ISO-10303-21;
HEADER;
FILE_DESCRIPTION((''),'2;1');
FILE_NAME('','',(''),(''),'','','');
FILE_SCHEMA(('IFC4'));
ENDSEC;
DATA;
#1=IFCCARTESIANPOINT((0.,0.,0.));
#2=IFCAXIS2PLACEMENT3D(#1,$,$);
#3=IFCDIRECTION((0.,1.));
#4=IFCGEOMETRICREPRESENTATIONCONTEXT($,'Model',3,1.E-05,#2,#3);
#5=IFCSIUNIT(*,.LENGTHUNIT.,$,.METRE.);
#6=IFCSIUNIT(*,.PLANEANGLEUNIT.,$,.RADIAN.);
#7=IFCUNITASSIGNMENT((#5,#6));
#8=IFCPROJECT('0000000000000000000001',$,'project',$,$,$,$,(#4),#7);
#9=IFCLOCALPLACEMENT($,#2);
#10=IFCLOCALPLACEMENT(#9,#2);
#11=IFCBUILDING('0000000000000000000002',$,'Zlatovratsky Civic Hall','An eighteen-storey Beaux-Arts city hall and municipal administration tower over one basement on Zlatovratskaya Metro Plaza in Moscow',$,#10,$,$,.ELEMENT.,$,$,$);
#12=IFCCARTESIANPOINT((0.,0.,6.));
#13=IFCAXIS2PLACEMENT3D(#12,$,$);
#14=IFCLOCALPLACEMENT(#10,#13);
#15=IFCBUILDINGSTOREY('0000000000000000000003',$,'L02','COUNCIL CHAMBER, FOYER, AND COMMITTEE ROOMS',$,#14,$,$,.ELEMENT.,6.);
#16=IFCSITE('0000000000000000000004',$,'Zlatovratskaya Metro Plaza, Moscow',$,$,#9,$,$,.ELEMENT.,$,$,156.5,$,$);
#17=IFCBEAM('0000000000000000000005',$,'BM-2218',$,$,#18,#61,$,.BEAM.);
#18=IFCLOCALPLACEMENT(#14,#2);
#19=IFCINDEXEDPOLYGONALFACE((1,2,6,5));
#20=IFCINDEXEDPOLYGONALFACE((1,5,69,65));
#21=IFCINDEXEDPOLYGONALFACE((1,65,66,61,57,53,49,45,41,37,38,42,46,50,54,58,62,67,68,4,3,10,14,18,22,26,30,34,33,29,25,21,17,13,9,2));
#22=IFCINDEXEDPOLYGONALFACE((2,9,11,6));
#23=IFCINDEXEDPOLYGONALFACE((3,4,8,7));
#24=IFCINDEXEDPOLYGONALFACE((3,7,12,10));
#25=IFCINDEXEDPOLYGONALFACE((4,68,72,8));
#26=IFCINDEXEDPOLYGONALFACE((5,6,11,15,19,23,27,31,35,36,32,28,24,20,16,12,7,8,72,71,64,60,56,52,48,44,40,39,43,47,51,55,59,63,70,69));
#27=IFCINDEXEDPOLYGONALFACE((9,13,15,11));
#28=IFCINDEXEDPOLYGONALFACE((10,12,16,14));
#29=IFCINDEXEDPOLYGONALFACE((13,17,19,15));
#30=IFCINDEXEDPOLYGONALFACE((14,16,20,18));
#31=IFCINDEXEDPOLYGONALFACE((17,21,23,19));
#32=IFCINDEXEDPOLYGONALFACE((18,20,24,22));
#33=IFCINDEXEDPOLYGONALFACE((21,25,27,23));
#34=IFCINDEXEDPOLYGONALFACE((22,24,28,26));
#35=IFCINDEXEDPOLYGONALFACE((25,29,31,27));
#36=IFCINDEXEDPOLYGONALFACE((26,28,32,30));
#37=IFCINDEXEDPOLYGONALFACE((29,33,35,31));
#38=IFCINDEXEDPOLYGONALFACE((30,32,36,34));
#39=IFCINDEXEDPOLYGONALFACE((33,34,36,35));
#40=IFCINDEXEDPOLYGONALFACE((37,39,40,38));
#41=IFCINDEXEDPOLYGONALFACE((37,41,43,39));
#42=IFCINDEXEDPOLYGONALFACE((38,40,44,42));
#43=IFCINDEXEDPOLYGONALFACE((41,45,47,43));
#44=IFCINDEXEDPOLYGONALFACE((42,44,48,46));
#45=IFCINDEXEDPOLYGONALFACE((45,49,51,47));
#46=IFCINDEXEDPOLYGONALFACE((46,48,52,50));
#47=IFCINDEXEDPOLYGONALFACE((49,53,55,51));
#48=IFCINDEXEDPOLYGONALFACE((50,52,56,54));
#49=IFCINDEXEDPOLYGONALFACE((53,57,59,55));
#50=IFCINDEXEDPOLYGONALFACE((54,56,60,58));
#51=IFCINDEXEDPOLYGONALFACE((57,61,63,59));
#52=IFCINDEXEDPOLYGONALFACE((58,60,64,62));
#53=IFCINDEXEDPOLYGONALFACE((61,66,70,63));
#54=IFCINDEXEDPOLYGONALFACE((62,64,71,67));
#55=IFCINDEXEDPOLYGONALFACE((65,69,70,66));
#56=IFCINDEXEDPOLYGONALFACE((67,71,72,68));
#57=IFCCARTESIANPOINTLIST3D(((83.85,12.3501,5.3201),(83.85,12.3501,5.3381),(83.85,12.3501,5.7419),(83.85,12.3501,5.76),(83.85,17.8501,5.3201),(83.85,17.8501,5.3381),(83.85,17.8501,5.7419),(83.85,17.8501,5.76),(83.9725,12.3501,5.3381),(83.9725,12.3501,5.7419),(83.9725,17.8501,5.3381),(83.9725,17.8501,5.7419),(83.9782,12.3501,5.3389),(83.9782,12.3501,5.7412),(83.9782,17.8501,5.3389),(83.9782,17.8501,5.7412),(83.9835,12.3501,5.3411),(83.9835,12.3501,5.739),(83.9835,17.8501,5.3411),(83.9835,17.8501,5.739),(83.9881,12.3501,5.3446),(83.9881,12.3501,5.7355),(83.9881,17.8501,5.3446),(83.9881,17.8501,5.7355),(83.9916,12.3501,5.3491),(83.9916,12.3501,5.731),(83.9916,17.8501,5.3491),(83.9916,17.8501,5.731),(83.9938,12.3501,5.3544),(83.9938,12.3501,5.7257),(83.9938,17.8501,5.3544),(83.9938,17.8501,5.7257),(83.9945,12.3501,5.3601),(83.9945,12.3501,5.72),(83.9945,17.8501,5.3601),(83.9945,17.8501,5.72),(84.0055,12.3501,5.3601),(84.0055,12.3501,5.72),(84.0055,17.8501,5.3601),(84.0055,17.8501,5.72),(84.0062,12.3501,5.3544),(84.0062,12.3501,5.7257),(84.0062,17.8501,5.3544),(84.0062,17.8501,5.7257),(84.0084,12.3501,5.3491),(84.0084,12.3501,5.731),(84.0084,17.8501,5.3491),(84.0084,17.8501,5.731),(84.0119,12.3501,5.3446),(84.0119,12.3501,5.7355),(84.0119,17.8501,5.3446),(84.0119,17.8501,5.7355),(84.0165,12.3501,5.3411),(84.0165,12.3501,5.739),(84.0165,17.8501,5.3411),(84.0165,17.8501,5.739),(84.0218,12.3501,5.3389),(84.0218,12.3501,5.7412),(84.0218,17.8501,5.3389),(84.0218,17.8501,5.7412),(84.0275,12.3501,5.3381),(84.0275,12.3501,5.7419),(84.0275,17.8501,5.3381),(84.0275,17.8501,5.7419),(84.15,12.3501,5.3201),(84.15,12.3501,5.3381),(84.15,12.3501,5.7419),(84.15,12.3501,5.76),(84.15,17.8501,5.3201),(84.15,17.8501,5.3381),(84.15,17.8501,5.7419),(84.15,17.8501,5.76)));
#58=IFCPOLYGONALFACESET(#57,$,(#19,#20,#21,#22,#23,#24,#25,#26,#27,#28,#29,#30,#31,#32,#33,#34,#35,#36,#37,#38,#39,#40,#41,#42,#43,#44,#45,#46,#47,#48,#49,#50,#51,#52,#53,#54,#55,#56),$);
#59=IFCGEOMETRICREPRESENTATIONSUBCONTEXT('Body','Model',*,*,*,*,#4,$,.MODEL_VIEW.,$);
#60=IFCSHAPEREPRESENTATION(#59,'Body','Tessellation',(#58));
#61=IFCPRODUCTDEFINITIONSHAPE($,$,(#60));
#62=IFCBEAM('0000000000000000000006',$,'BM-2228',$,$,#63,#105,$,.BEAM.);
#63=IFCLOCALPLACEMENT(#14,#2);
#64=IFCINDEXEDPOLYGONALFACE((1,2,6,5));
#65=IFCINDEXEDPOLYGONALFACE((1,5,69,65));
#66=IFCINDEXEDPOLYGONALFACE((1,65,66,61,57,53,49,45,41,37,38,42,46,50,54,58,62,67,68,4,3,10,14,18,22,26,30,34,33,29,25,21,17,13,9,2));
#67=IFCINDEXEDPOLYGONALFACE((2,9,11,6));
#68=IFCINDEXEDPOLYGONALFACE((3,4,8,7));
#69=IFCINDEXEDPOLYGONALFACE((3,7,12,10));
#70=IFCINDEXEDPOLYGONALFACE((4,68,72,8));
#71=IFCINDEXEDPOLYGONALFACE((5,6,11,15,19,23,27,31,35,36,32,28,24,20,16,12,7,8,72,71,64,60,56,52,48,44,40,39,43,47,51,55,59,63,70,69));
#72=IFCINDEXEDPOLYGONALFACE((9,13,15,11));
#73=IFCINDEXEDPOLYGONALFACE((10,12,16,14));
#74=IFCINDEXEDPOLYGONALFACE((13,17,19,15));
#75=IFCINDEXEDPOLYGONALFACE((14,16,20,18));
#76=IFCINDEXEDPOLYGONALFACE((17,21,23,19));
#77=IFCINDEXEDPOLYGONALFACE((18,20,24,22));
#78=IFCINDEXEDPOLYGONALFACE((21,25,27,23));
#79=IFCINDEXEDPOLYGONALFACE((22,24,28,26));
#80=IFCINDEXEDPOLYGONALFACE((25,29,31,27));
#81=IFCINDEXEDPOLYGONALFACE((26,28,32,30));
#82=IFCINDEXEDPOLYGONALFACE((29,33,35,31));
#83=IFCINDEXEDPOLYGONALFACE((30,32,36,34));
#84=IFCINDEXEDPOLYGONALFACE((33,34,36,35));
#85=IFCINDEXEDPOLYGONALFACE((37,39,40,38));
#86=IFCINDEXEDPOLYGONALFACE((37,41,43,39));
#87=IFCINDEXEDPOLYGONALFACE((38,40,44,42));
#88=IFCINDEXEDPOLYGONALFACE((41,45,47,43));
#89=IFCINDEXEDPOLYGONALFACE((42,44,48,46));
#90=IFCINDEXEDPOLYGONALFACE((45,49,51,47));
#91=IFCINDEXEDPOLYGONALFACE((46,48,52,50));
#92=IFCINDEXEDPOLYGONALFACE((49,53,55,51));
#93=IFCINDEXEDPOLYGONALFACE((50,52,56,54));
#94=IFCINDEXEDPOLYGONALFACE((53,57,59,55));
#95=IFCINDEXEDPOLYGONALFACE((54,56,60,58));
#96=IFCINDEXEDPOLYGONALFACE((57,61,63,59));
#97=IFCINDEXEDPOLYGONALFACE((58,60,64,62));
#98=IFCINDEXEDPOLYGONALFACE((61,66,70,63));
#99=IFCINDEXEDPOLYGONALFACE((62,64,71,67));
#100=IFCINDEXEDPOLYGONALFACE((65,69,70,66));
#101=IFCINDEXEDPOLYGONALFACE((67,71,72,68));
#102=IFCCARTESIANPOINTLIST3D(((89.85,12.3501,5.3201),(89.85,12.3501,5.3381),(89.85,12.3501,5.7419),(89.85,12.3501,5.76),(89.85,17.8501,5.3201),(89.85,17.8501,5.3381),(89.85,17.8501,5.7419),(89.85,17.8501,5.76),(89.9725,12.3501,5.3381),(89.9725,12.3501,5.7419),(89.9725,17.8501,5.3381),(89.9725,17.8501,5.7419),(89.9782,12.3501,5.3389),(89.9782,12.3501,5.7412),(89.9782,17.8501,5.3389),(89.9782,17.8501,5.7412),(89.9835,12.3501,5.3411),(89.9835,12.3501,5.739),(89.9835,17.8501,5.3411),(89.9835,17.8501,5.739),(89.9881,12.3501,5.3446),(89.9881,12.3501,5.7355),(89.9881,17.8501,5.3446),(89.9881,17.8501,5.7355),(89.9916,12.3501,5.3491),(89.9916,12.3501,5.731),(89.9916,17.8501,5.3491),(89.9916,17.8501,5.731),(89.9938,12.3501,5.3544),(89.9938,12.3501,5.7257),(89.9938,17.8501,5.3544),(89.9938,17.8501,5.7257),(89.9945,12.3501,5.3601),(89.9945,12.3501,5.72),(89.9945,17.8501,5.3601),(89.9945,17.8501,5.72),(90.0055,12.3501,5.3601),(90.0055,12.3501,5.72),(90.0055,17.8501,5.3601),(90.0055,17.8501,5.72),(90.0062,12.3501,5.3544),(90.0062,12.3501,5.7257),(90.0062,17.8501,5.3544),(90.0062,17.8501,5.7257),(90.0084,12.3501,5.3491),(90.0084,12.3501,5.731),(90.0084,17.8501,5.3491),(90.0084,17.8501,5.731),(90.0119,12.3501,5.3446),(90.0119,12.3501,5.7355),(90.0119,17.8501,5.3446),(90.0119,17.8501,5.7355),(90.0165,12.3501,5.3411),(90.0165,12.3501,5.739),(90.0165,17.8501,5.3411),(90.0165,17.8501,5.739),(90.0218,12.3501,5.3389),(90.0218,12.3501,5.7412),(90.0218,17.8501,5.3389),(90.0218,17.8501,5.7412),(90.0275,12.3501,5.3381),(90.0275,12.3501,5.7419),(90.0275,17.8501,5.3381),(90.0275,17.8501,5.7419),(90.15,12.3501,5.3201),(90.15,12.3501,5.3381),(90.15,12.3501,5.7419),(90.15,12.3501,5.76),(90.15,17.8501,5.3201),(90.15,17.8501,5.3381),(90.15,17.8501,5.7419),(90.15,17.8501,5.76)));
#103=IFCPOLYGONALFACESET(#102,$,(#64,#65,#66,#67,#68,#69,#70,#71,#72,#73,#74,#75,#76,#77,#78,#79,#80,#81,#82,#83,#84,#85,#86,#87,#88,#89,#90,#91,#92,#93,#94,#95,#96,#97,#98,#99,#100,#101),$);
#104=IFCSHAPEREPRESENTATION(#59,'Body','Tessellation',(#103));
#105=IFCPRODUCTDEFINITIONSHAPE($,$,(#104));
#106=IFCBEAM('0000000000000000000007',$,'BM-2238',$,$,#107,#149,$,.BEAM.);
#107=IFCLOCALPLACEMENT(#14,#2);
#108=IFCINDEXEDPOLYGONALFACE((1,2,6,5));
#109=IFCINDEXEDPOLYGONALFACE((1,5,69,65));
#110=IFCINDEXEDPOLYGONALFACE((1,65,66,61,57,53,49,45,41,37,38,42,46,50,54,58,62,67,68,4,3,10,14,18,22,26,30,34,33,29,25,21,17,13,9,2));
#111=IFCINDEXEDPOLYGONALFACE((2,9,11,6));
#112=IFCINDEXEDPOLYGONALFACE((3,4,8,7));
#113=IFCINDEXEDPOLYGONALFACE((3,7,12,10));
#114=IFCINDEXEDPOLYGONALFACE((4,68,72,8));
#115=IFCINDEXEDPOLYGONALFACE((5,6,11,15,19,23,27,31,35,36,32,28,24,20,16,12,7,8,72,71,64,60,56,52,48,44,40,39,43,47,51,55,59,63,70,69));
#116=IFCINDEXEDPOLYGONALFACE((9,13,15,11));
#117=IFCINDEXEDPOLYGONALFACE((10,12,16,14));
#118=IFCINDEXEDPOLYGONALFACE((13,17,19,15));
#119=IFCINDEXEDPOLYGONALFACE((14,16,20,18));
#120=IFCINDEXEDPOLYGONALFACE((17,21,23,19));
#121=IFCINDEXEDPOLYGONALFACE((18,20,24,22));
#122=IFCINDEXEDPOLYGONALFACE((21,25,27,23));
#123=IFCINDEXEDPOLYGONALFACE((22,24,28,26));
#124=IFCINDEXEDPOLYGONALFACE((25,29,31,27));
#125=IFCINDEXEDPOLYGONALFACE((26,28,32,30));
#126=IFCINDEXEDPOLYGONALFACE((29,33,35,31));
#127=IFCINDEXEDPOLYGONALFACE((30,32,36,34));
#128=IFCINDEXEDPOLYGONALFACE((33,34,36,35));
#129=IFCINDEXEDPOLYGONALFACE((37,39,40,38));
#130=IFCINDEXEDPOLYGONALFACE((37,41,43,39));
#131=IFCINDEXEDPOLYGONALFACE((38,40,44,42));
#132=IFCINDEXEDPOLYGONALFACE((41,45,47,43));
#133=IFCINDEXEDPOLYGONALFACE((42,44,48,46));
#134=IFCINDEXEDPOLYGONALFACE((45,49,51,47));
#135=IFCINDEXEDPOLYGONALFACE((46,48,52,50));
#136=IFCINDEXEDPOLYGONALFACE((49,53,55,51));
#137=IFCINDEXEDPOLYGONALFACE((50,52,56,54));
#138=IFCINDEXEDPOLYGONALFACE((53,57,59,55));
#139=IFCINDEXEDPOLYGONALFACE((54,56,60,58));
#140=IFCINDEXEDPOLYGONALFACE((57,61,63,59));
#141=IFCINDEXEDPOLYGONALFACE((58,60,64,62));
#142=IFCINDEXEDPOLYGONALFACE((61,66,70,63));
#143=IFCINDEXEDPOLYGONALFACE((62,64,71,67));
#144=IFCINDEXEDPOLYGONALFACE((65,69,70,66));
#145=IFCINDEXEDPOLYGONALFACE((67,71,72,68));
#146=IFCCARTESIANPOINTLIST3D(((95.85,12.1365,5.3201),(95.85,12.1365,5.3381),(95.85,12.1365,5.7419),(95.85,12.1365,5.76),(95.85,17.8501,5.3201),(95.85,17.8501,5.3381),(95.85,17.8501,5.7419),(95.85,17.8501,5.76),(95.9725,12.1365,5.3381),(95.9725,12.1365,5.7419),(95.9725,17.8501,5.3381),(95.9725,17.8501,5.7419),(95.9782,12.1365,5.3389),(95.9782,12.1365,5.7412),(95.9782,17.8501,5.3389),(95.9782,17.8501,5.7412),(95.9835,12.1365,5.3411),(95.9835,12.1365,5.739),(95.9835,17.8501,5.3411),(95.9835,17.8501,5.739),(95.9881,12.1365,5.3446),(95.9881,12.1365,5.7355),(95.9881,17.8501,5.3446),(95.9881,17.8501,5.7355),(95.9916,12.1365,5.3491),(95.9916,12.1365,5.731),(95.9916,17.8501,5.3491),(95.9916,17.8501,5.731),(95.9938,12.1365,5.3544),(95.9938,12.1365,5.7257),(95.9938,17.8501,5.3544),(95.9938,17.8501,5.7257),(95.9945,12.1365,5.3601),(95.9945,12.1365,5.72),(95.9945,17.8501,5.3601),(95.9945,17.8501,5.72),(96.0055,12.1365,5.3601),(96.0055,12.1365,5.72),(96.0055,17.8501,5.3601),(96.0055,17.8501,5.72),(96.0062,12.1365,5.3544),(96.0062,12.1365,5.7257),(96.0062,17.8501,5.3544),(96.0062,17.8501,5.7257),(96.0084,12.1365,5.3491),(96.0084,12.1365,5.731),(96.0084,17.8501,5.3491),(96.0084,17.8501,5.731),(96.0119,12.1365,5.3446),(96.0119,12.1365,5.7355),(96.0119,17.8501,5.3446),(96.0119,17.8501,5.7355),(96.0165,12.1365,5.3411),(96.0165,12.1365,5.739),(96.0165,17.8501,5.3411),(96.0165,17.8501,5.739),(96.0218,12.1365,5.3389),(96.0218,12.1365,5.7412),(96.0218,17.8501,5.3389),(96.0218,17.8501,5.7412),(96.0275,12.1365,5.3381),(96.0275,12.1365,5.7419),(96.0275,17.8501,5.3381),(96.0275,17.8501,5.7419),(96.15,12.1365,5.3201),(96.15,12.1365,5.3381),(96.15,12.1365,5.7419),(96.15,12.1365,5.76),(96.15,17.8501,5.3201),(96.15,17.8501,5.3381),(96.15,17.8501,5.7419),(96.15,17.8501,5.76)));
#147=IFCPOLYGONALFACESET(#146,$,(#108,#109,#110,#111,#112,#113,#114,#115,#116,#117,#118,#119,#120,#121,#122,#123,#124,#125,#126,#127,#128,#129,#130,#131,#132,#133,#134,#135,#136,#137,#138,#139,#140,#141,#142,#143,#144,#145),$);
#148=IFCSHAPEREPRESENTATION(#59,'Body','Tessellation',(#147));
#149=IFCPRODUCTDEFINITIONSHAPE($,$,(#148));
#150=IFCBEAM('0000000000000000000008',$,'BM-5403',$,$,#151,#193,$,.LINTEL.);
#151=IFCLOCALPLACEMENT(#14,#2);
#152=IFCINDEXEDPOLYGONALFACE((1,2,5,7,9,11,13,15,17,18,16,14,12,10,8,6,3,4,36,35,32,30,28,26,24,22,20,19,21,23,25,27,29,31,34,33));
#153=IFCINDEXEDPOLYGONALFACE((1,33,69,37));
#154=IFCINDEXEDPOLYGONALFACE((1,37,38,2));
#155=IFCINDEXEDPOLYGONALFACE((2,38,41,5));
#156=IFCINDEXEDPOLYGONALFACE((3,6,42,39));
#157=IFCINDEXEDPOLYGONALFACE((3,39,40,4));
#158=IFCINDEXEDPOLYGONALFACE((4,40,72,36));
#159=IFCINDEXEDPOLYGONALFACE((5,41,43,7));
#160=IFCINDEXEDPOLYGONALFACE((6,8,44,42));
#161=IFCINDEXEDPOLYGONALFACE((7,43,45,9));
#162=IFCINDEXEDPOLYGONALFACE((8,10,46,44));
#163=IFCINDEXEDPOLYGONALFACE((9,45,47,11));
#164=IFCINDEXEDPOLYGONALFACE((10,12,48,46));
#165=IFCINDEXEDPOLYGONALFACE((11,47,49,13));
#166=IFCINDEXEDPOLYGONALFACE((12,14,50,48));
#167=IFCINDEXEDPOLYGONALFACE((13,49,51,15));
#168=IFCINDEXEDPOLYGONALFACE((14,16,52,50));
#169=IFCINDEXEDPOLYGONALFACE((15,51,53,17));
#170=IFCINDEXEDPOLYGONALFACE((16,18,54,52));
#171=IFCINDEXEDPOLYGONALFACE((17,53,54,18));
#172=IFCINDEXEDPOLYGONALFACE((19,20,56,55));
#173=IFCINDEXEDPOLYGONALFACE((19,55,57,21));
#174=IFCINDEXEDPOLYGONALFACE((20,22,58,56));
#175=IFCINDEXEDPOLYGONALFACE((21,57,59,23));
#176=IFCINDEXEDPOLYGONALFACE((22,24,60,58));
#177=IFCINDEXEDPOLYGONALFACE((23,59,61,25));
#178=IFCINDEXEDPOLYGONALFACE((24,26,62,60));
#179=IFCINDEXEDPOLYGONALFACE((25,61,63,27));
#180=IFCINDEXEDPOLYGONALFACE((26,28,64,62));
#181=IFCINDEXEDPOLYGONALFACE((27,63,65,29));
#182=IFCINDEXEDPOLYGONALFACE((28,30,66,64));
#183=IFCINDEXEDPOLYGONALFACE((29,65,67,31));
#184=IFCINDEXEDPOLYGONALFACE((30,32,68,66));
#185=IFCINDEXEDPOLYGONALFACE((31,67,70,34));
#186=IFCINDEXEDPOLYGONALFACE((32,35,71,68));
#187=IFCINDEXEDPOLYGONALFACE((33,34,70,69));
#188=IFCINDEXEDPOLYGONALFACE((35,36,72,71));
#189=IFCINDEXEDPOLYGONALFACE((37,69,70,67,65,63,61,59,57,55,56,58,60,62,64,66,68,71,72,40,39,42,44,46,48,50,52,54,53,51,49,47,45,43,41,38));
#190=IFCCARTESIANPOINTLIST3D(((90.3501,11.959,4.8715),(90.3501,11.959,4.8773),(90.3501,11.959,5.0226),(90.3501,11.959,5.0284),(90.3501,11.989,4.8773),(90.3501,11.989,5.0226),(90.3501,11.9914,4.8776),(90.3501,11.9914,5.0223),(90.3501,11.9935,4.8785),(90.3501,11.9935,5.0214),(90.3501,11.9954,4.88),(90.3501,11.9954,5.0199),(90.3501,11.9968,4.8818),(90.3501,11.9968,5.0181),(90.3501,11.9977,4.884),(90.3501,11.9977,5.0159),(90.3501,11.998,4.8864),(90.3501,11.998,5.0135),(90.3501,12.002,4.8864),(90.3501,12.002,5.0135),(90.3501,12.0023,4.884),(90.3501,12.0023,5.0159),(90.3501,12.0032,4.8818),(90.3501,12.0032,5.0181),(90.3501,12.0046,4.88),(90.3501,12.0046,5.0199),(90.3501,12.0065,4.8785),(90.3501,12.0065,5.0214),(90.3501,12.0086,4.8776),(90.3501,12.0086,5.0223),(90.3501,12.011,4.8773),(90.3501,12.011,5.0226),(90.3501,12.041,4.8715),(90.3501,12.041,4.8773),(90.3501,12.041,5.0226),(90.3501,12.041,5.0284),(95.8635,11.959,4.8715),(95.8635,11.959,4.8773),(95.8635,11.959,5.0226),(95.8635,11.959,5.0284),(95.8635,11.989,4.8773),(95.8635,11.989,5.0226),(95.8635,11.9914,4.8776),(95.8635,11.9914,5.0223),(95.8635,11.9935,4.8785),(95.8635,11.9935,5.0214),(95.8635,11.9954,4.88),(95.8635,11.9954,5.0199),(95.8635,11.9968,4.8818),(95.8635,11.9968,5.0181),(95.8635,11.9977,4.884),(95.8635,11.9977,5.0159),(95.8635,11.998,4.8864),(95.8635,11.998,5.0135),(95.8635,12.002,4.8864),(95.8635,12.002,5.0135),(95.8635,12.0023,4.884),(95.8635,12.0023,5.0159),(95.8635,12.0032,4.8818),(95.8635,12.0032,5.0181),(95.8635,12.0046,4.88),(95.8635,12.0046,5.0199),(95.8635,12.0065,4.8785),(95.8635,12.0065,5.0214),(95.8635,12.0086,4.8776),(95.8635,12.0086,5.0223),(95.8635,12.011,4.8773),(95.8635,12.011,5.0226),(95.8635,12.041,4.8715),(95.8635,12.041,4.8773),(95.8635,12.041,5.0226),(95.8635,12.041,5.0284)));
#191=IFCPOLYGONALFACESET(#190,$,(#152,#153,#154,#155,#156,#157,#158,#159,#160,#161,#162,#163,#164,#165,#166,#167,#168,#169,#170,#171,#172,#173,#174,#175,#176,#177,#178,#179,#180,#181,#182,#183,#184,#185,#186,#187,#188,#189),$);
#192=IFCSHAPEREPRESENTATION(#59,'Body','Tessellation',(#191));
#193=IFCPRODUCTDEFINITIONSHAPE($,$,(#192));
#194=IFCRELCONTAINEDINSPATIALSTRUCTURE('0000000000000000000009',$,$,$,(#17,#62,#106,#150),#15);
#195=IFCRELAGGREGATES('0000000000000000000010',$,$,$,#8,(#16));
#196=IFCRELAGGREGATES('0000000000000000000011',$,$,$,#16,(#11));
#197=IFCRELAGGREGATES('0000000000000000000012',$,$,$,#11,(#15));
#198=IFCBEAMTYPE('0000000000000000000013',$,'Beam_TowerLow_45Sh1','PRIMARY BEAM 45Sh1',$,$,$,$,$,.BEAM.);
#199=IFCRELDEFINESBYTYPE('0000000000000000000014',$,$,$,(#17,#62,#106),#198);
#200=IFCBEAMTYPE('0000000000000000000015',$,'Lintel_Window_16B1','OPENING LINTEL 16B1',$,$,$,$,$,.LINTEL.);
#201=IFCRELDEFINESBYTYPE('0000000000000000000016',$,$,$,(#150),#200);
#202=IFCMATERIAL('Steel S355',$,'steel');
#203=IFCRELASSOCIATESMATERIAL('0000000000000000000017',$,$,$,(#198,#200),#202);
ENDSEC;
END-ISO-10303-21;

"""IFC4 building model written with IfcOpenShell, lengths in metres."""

from ifc_helpers import new_model, si_unit, direction, frame, origin, origin_2d, place, context, subcontext, project, spatial, i_section, extrude, material, material_profile, profile_set, type_object, element, save


model = new_model("IFC4")

# Units and contexts
model_context = context("Model", 3, precision=1e-05, world=origin(), true_north=direction((0.0, 1.0)))
body_context = subcontext(model_context, "Body", "Model", "MODEL_VIEW")
ifc_project = project(units=[si_unit("LENGTHUNIT", "METRE"), si_unit("PLANEANGLEUNIT", "RADIAN")], contexts=[model_context])

# Site, building, storey
site_placement = place(None, origin())
site = spatial("IfcSite", under=ifc_project, at=site_placement, Name="Zlatovratskaya Metro Plaza, Moscow", CompositionType="ELEMENT", RefElevation=156.5)
building_placement = place(site_placement, origin())
building = spatial("IfcBuilding", under=site, at=building_placement, Name="Zlatovratsky Civic Hall", Description="An eighteen-storey Beaux-Arts city hall and municipal administration tower over one basement on Zlatovratskaya Metro Plaza in Moscow", CompositionType="ELEMENT")
storey_placement = place(building_placement, frame((0.0, 0.0, 6.0)))
storey = spatial("IfcBuildingStorey", under=building, at=storey_placement, Name="L02", Description="COUNCIL CHAMBER, FOYER, AND COMMITTEE ROOMS", CompositionType="ELEMENT", Elevation=6.0)

# Shared definitions
ifc_material_1 = material(Name="Steel S355", Category="steel")

# Beams
ifc_material_profile_1 = material_profile(ifc_material_1, i_section(OverallWidth=0.3, OverallDepth=0.4399, WebThickness=0.011, FlangeThickness=0.0181, FilletRadius=0.022, at=origin_2d()), Name="45Sh1")
ifc_profile_set_1 = profile_set([ifc_material_profile_1], Name="Steel S355")
beam_type_1 = type_object("IfcBeamType", Name="Beam_TowerLow_45Sh1", Description="PRIMARY BEAM 45Sh1", PredefinedType="BEAM", material=ifc_profile_set_1)
for number, where, z_axis, x_axis, name in (
    (1, (84.0, 12.3501, 5.54), (0.0, 1.0, 0.0), (-1.0, 0.0, 0.0), "BM-2218"),
    (2, (90.0, 12.3501, 5.54), (0.0, 1.0, 0.0), (-1.0, 0.0, 0.0), "BM-2228"),
):
    element("IfcBeam", number, at=place(storey_placement, frame(where, z_axis=z_axis, x_axis=x_axis)), inside=storey, type_object=beam_type_1, Name=name, PredefinedType="BEAM", context=body_context, shape_type="SweptSolid", body=[
        extrude(i_section(OverallWidth=0.3, OverallDepth=0.4399, WebThickness=0.011, FlangeThickness=0.0181, FilletRadius=0.022, at=origin_2d()), origin(), (0.0, 0.0, 1.0), 5.5),
    ])
beam_1_placement = place(storey_placement, frame((96.0, 12.1365, 5.54), z_axis=(0.0, 1.0, 0.0), x_axis=(-1.0, 0.0, 0.0)))
element("IfcBeam", 3, at=beam_1_placement, inside=storey, type_object=beam_type_1, Name="BM-2238", PredefinedType="BEAM", context=body_context, shape_type="SweptSolid", body=[
    extrude(i_section(OverallWidth=0.3, OverallDepth=0.4399, WebThickness=0.011, FlangeThickness=0.0181, FilletRadius=0.022, at=origin_2d()), origin(), (0.0, 0.0, 1.0), 5.7136),
])
ifc_material_profile_2 = material_profile(ifc_material_1, i_section(OverallWidth=0.082, OverallDepth=0.157, WebThickness=0.0039, FlangeThickness=0.0059, FilletRadius=0.009, at=origin_2d()), Name="16B1")
ifc_profile_set_2 = profile_set([ifc_material_profile_2], Name="Steel S355")
beam_type_2 = type_object("IfcBeamType", Name="Lintel_Window_16B1", Description="OPENING LINTEL 16B1", PredefinedType="LINTEL", material=ifc_profile_set_2)
beam_2_placement = place(storey_placement, frame((90.3501, 12.0, 4.95), z_axis=(1.0, 0.0, 0.0), x_axis=(0.0, 1.0, 0.0)))
element("IfcBeam", 4, at=beam_2_placement, inside=storey, type_object=beam_type_2, Name="BM-5403", PredefinedType="LINTEL", context=body_context, shape_type="SweptSolid", body=[
    extrude(i_section(OverallWidth=0.082, OverallDepth=0.157, WebThickness=0.0039, FlangeThickness=0.0059, FilletRadius=0.009, at=origin_2d()), origin(), (0.0, 0.0, 1.0), 5.5134),
])

save(model, "model.ifc")
